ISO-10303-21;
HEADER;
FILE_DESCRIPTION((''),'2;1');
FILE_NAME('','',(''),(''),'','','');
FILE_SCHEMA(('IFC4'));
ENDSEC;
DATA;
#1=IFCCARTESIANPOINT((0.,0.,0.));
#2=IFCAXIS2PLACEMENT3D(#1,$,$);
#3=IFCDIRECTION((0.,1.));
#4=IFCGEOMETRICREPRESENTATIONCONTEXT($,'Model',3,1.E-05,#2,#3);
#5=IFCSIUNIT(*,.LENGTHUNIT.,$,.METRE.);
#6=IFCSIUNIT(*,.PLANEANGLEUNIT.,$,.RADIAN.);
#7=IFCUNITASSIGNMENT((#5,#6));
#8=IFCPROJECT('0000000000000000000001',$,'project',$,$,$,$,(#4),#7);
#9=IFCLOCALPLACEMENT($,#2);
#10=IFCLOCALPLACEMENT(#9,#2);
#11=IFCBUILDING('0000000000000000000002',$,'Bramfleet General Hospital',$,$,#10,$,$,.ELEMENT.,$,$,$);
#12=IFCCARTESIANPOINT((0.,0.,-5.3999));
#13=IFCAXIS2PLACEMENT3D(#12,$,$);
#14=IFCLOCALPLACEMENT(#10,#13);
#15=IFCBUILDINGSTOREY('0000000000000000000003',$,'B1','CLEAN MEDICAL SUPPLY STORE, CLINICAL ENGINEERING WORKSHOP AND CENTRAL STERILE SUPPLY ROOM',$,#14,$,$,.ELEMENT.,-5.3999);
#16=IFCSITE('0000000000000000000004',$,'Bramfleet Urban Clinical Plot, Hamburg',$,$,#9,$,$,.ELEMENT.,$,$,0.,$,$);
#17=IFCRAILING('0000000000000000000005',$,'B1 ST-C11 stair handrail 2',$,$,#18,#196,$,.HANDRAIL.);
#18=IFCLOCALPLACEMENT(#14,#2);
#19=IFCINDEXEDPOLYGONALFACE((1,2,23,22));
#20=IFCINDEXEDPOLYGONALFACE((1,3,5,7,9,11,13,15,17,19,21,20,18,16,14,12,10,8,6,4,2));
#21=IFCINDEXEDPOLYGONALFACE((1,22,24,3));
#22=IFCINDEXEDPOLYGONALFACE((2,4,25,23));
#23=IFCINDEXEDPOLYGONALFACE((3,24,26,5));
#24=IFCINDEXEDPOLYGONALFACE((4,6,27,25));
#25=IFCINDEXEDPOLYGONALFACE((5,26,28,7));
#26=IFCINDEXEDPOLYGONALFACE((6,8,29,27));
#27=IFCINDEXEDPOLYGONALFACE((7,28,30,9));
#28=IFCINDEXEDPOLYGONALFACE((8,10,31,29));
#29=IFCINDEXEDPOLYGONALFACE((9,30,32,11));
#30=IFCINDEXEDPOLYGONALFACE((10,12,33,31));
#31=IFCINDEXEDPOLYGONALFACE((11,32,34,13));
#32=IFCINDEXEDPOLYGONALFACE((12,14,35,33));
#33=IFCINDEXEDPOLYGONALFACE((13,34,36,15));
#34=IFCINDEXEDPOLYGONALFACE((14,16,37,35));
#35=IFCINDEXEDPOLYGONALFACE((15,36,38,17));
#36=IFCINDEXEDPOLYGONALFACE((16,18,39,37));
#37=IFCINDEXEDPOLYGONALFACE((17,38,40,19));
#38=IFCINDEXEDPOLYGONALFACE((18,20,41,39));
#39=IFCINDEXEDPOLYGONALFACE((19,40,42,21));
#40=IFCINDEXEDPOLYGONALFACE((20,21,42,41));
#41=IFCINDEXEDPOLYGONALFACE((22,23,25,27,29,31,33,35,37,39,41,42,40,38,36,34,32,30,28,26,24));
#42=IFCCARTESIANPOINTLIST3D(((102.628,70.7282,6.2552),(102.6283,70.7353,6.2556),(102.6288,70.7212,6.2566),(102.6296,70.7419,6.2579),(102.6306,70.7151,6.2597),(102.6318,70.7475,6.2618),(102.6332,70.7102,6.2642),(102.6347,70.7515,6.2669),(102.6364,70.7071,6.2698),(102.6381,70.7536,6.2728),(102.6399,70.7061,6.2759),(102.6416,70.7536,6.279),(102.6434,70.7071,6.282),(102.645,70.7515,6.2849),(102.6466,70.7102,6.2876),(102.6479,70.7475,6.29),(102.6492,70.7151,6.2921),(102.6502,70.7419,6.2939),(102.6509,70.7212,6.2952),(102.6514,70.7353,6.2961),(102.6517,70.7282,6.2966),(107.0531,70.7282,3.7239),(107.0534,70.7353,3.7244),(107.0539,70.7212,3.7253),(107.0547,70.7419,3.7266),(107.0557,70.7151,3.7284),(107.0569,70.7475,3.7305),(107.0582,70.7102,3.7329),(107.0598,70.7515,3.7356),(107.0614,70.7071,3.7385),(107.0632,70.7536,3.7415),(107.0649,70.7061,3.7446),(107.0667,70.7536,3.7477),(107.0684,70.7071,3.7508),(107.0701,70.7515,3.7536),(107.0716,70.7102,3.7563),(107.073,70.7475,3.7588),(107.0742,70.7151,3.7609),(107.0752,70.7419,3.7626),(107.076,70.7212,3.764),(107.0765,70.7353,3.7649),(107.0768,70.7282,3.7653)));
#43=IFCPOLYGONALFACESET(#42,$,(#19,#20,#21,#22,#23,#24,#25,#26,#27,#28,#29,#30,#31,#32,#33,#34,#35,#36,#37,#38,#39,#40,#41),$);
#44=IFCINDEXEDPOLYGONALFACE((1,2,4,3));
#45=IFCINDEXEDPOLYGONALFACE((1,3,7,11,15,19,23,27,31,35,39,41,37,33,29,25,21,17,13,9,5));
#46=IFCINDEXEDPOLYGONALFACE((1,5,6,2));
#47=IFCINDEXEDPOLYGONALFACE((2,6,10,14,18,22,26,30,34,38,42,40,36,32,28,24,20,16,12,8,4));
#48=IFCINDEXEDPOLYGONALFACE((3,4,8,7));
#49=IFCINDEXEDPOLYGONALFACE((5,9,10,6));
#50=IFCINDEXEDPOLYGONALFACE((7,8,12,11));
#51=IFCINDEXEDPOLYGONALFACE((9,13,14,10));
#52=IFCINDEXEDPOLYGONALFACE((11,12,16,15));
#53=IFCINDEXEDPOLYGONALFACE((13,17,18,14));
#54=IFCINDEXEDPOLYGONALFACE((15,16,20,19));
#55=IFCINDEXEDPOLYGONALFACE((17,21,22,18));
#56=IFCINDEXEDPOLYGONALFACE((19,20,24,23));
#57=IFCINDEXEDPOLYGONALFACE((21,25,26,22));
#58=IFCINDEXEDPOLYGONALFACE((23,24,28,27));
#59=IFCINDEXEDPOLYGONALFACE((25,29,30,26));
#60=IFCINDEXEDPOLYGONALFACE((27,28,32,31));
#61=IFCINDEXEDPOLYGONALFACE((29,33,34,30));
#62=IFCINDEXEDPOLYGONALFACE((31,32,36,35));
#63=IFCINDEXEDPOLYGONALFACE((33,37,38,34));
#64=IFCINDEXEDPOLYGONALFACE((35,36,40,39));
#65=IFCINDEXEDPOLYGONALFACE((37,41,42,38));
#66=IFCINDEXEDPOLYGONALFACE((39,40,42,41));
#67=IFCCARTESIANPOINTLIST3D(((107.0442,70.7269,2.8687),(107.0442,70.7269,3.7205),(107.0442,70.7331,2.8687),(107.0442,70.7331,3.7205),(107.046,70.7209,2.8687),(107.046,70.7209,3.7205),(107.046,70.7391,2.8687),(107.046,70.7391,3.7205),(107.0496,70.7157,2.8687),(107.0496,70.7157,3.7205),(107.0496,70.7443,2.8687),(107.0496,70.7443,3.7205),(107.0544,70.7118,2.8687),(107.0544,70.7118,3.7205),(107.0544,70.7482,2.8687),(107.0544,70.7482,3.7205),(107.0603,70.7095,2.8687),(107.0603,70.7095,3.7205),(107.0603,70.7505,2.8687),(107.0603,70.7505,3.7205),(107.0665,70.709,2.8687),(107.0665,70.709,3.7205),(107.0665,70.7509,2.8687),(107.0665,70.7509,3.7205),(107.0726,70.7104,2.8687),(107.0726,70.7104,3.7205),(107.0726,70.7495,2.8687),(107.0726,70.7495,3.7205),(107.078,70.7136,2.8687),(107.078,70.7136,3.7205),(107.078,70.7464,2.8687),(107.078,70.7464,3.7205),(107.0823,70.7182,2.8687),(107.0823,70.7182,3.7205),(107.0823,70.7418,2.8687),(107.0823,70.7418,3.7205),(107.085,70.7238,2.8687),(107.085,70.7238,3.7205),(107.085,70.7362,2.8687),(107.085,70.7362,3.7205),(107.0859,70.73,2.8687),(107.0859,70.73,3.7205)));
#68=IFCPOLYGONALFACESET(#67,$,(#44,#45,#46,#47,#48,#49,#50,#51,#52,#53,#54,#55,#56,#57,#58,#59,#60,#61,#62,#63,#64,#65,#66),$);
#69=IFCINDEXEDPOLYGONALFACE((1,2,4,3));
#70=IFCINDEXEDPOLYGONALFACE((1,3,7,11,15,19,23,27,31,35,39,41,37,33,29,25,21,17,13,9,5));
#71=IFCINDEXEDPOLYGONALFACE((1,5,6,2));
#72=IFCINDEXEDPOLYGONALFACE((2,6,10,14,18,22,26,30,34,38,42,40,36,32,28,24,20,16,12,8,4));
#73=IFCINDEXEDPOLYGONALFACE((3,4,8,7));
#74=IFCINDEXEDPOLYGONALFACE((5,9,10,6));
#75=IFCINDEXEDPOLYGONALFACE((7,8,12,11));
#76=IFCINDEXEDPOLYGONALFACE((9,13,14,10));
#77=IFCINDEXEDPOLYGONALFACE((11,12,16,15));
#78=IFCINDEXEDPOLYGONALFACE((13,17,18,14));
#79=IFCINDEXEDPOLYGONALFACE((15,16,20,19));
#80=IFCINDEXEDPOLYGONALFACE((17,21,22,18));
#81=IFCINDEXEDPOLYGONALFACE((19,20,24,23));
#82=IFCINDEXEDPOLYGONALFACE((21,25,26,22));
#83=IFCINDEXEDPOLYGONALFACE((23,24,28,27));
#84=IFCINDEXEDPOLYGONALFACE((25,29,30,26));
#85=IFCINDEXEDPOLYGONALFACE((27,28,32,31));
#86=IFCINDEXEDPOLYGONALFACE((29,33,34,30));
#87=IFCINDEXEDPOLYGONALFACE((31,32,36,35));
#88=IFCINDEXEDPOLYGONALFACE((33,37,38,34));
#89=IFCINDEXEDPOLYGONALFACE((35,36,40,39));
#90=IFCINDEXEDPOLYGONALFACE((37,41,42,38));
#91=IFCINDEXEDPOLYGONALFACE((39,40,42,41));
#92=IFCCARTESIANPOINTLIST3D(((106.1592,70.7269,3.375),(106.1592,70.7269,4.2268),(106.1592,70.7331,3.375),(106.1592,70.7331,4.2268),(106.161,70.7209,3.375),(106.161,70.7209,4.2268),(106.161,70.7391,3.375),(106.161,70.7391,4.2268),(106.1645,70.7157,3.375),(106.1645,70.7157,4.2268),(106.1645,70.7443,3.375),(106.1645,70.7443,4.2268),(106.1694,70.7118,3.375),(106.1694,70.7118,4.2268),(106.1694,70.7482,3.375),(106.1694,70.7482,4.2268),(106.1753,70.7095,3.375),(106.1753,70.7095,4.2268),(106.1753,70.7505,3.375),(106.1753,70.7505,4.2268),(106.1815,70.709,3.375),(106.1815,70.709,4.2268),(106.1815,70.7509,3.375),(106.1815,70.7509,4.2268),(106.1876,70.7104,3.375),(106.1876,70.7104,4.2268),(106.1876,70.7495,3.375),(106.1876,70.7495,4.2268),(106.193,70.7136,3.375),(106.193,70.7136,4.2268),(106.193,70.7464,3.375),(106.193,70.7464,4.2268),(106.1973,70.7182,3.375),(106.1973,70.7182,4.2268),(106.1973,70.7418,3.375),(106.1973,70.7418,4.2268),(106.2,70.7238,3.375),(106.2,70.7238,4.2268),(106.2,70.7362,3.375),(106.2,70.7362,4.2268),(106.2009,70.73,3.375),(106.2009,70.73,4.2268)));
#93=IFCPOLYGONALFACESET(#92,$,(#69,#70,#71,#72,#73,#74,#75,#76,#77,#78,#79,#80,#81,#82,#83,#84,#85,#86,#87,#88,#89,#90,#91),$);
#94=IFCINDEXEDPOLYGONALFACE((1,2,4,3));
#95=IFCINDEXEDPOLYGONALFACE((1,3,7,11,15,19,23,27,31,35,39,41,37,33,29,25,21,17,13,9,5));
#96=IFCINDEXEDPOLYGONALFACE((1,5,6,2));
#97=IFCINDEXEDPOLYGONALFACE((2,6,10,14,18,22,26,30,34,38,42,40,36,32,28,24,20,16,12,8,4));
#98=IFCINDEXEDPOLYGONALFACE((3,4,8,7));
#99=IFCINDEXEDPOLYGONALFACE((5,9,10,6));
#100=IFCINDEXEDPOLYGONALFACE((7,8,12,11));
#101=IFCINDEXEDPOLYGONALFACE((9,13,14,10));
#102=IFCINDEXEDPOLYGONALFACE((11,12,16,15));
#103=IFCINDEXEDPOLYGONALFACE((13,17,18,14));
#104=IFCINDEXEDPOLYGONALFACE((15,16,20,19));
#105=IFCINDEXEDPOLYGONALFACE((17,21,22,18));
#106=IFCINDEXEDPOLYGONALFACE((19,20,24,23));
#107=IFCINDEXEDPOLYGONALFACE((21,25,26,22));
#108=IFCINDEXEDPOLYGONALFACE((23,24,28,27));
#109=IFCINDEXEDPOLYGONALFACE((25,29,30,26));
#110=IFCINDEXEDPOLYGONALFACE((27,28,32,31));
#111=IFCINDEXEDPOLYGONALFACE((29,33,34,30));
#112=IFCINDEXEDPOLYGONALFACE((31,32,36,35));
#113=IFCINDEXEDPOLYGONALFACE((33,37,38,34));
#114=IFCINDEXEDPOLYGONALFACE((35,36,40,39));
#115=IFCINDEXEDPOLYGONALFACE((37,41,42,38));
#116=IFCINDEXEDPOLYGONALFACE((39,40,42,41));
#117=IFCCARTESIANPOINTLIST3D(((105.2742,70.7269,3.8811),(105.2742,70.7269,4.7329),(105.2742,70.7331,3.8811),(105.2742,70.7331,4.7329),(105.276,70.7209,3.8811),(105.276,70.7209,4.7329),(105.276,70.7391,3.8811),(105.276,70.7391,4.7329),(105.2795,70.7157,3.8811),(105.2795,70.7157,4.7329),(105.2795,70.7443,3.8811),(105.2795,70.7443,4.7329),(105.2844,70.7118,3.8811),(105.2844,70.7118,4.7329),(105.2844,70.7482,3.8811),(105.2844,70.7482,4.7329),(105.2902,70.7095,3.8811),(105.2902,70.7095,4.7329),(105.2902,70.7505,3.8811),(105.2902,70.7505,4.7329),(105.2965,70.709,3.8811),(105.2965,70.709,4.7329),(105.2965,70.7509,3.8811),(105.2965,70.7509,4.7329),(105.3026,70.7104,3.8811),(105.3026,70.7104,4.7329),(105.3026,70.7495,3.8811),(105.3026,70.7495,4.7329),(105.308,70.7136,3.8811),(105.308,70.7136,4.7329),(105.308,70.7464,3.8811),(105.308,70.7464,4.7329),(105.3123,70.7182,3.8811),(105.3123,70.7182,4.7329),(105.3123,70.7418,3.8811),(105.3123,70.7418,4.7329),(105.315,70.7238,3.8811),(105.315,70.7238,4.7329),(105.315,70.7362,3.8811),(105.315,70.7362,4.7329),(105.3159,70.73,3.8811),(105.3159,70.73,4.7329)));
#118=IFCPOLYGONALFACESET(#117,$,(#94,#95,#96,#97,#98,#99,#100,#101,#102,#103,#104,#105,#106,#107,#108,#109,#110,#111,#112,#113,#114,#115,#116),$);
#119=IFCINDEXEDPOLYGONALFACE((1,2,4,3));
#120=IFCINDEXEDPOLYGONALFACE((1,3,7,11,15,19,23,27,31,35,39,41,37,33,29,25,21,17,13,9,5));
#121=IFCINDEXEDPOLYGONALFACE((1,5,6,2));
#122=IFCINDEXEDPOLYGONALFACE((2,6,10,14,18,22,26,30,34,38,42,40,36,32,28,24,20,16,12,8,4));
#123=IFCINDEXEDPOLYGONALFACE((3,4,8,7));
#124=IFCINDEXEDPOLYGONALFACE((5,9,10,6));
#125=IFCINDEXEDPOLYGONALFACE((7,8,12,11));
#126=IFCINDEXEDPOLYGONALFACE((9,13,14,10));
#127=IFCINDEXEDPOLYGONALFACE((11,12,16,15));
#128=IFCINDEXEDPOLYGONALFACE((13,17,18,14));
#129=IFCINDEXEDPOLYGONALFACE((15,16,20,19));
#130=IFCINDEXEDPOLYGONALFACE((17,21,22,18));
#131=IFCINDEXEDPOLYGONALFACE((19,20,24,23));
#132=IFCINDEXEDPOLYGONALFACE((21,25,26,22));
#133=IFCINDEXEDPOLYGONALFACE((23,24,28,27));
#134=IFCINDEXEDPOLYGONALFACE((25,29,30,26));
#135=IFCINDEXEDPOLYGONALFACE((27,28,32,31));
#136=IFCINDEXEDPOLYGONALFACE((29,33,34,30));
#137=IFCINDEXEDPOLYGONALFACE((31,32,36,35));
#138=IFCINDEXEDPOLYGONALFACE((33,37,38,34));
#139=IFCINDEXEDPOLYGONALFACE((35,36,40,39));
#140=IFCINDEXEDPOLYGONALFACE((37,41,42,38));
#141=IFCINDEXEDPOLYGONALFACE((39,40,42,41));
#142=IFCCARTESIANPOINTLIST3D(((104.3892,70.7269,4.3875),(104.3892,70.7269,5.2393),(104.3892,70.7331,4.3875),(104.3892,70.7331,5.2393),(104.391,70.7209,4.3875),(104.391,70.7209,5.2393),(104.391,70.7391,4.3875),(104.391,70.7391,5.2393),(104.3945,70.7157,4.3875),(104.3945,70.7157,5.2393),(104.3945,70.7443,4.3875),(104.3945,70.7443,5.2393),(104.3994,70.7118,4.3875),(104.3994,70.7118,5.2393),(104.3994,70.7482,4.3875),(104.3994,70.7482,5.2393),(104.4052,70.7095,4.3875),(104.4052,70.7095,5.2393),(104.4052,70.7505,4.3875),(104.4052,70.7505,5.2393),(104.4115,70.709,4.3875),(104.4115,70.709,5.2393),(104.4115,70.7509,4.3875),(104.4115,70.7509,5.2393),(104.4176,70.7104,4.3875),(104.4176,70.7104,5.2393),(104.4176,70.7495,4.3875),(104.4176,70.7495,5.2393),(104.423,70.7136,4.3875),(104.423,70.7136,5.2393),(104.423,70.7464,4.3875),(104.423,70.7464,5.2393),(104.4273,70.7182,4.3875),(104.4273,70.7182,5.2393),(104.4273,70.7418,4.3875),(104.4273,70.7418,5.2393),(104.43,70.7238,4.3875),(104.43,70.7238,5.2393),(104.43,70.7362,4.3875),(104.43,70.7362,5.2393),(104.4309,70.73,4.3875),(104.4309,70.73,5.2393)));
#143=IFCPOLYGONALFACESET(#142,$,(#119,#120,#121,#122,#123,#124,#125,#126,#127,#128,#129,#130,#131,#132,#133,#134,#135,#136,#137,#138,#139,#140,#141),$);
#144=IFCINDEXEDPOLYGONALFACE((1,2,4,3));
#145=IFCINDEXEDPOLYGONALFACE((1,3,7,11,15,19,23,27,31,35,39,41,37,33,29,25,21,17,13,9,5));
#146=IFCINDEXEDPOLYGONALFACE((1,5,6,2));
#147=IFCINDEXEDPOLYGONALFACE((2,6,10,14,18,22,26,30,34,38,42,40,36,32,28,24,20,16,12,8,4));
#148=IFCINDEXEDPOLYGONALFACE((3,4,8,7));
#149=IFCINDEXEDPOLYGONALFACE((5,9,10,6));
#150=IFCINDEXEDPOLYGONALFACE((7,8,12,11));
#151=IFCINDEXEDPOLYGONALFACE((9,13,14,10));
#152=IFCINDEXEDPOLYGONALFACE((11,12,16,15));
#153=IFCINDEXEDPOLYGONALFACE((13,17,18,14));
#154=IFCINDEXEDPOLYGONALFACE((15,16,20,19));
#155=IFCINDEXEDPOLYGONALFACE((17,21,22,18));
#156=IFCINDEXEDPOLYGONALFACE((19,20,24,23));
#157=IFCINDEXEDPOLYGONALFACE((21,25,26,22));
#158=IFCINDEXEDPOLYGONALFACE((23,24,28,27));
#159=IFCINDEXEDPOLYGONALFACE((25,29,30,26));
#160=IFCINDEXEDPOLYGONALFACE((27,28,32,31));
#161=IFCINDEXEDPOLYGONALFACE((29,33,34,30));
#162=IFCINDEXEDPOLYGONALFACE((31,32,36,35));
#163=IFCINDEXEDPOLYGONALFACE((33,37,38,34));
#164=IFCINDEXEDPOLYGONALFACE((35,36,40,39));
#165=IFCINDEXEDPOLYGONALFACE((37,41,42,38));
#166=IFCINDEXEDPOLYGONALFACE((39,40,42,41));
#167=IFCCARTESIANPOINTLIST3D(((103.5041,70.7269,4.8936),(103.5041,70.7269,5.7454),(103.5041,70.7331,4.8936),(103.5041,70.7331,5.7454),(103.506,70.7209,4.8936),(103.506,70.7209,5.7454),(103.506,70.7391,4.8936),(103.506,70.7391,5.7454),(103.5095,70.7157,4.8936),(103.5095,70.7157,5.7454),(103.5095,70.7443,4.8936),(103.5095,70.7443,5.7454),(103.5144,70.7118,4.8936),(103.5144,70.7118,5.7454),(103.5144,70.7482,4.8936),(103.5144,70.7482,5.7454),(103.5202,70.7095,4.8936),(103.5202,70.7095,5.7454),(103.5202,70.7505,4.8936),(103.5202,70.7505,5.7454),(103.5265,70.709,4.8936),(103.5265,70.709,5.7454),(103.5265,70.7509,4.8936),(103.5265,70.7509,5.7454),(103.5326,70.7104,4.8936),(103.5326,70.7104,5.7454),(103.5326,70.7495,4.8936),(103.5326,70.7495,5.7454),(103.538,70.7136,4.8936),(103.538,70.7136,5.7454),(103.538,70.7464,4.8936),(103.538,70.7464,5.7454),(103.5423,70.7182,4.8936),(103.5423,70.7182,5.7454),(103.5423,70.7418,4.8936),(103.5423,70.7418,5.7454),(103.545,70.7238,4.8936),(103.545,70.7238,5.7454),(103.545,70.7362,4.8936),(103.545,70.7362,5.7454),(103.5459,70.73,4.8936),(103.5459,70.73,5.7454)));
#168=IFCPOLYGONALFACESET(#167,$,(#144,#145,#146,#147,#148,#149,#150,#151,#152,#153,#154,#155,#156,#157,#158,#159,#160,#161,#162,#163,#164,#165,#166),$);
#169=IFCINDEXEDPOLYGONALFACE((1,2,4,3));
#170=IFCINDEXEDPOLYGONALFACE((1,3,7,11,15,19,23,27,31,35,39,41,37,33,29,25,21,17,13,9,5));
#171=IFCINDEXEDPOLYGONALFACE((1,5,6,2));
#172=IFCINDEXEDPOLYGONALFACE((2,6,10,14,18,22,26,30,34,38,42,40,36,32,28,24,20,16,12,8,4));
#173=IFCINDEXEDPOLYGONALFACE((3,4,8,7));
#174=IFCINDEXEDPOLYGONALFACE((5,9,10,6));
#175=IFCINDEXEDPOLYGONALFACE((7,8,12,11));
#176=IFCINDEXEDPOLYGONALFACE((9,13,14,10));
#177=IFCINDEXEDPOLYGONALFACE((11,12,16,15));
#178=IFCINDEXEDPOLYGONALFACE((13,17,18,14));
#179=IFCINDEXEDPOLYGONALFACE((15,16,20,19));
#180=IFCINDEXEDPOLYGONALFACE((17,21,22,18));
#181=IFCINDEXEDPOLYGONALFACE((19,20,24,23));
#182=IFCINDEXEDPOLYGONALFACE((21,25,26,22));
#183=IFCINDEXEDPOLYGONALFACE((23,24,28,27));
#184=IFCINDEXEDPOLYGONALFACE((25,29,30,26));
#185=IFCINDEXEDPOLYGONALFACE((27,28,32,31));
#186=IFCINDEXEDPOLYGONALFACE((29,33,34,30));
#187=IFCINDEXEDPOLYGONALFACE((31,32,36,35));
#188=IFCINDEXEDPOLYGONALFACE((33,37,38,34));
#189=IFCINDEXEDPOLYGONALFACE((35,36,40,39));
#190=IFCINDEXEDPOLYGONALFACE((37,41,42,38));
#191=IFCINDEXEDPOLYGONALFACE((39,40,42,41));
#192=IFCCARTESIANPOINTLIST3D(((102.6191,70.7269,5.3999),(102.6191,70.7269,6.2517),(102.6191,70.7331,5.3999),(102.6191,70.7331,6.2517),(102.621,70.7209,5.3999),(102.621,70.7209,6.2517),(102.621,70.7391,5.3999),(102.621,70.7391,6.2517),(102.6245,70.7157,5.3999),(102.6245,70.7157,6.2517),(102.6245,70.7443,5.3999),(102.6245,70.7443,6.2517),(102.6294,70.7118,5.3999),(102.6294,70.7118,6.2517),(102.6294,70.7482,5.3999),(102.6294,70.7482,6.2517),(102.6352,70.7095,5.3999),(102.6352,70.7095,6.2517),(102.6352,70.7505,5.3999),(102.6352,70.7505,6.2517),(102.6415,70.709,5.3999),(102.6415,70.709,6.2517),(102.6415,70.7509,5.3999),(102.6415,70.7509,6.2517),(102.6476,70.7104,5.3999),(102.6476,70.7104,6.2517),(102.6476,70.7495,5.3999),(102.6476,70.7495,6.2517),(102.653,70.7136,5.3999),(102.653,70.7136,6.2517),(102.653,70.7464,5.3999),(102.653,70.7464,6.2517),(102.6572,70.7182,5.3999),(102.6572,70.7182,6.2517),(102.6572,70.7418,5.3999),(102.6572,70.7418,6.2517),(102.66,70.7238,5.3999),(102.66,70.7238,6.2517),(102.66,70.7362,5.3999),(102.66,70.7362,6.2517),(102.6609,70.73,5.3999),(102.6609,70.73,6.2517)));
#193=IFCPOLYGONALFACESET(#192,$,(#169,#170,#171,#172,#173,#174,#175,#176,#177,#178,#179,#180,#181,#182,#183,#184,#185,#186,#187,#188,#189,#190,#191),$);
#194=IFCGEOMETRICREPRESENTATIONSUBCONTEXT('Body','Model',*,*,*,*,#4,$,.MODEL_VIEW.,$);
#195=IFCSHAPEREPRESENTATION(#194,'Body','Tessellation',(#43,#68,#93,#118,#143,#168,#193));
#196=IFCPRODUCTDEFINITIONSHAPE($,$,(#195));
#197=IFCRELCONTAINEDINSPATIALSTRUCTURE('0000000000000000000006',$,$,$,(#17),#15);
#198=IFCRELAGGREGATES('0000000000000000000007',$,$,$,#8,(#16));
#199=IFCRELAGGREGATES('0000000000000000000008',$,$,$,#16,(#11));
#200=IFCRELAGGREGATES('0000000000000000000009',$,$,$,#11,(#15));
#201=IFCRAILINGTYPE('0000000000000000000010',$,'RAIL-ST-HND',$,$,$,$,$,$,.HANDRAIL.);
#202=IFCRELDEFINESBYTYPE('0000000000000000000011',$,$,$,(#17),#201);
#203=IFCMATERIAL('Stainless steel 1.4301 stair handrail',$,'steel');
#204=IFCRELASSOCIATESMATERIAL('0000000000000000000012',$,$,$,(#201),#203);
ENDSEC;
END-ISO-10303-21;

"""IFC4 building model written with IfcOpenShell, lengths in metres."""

from ifc_helpers import new_model, si_unit, direction, frame, origin, origin_2d, place, context, subcontext, project, spatial, circle, extrude, material, type_object, element, save


model = new_model("IFC4")

# Units and contexts
model_context = context("Model", 3, precision=1e-05, world=origin(), true_north=direction((0.0, 1.0)))
body_context = subcontext(model_context, "Body", "Model", "MODEL_VIEW")
ifc_project = project(units=[si_unit("LENGTHUNIT", "METRE"), si_unit("PLANEANGLEUNIT", "RADIAN")], contexts=[model_context])

# Site, building, storey
site_placement = place(None, origin())
site = spatial("IfcSite", under=ifc_project, at=site_placement, Name="Bramfleet Urban Clinical Plot, Hamburg", CompositionType="ELEMENT", RefElevation=0.0)
building_placement = place(site_placement, origin())
building = spatial("IfcBuilding", under=site, at=building_placement, Name="Bramfleet General Hospital", CompositionType="ELEMENT")
storey_placement = place(building_placement, frame((0.0, 0.0, -5.3999)))
storey = spatial("IfcBuildingStorey", under=building, at=storey_placement, Name="B1", Description="CLEAN MEDICAL SUPPLY STORE, CLINICAL ENGINEERING WORKSHOP AND CENTRAL STERILE SUPPLY ROOM", CompositionType="ELEMENT", Elevation=-5.3999)

# Railing
ifc_material_1 = material(Name="Stainless steel 1.4301 stair handrail", Category="steel")
railing_type_1 = type_object("IfcRailingType", Name="RAIL-ST-HND", PredefinedType="HANDRAIL", material=ifc_material_1)
railing_1_placement = place(storey_placement, frame((107.0649, 70.73, 2.8687)))
element("IfcRailing", 1, at=railing_1_placement, inside=storey, type_object=railing_type_1, Name="B1 ST-C11 stair handrail 2", PredefinedType="HANDRAIL", context=body_context, shape_type="SweptSolid", body=[
    extrude(circle(Radius=0.0239, at=origin_2d()), frame((0.0, 0.0, 0.876), z_axis=(-0.868019, 0.0, 0.496531), x_axis=(0.0, -1.0, 0.0)), (0.0, 0.0, 1.0), 5.0979),
    extrude(circle(Radius=0.021, at=origin_2d()), origin(), (0.0, 0.0, 1.0), 0.8518),
    extrude(circle(Radius=0.021, at=origin_2d()), frame((-0.885, 0.0, 0.5063)), (0.0, 0.0, 1.0), 0.8518),
    extrude(circle(Radius=0.021, at=origin_2d()), frame((-1.77, 0.0, 1.0125)), (0.0, 0.0, 1.0), 0.8518),
    extrude(circle(Radius=0.021, at=origin_2d()), frame((-2.655, 0.0, 1.5188)), (0.0, 0.0, 1.0), 0.8518),
    extrude(circle(Radius=0.021, at=origin_2d()), frame((-3.54, 0.0, 2.0249)), (0.0, 0.0, 1.0), 0.8518),
    extrude(circle(Radius=0.021, at=origin_2d()), frame((-4.425, 0.0, 2.5312)), (0.0, 0.0, 1.0), 0.8518),
])

save(model, "model.ifc")
